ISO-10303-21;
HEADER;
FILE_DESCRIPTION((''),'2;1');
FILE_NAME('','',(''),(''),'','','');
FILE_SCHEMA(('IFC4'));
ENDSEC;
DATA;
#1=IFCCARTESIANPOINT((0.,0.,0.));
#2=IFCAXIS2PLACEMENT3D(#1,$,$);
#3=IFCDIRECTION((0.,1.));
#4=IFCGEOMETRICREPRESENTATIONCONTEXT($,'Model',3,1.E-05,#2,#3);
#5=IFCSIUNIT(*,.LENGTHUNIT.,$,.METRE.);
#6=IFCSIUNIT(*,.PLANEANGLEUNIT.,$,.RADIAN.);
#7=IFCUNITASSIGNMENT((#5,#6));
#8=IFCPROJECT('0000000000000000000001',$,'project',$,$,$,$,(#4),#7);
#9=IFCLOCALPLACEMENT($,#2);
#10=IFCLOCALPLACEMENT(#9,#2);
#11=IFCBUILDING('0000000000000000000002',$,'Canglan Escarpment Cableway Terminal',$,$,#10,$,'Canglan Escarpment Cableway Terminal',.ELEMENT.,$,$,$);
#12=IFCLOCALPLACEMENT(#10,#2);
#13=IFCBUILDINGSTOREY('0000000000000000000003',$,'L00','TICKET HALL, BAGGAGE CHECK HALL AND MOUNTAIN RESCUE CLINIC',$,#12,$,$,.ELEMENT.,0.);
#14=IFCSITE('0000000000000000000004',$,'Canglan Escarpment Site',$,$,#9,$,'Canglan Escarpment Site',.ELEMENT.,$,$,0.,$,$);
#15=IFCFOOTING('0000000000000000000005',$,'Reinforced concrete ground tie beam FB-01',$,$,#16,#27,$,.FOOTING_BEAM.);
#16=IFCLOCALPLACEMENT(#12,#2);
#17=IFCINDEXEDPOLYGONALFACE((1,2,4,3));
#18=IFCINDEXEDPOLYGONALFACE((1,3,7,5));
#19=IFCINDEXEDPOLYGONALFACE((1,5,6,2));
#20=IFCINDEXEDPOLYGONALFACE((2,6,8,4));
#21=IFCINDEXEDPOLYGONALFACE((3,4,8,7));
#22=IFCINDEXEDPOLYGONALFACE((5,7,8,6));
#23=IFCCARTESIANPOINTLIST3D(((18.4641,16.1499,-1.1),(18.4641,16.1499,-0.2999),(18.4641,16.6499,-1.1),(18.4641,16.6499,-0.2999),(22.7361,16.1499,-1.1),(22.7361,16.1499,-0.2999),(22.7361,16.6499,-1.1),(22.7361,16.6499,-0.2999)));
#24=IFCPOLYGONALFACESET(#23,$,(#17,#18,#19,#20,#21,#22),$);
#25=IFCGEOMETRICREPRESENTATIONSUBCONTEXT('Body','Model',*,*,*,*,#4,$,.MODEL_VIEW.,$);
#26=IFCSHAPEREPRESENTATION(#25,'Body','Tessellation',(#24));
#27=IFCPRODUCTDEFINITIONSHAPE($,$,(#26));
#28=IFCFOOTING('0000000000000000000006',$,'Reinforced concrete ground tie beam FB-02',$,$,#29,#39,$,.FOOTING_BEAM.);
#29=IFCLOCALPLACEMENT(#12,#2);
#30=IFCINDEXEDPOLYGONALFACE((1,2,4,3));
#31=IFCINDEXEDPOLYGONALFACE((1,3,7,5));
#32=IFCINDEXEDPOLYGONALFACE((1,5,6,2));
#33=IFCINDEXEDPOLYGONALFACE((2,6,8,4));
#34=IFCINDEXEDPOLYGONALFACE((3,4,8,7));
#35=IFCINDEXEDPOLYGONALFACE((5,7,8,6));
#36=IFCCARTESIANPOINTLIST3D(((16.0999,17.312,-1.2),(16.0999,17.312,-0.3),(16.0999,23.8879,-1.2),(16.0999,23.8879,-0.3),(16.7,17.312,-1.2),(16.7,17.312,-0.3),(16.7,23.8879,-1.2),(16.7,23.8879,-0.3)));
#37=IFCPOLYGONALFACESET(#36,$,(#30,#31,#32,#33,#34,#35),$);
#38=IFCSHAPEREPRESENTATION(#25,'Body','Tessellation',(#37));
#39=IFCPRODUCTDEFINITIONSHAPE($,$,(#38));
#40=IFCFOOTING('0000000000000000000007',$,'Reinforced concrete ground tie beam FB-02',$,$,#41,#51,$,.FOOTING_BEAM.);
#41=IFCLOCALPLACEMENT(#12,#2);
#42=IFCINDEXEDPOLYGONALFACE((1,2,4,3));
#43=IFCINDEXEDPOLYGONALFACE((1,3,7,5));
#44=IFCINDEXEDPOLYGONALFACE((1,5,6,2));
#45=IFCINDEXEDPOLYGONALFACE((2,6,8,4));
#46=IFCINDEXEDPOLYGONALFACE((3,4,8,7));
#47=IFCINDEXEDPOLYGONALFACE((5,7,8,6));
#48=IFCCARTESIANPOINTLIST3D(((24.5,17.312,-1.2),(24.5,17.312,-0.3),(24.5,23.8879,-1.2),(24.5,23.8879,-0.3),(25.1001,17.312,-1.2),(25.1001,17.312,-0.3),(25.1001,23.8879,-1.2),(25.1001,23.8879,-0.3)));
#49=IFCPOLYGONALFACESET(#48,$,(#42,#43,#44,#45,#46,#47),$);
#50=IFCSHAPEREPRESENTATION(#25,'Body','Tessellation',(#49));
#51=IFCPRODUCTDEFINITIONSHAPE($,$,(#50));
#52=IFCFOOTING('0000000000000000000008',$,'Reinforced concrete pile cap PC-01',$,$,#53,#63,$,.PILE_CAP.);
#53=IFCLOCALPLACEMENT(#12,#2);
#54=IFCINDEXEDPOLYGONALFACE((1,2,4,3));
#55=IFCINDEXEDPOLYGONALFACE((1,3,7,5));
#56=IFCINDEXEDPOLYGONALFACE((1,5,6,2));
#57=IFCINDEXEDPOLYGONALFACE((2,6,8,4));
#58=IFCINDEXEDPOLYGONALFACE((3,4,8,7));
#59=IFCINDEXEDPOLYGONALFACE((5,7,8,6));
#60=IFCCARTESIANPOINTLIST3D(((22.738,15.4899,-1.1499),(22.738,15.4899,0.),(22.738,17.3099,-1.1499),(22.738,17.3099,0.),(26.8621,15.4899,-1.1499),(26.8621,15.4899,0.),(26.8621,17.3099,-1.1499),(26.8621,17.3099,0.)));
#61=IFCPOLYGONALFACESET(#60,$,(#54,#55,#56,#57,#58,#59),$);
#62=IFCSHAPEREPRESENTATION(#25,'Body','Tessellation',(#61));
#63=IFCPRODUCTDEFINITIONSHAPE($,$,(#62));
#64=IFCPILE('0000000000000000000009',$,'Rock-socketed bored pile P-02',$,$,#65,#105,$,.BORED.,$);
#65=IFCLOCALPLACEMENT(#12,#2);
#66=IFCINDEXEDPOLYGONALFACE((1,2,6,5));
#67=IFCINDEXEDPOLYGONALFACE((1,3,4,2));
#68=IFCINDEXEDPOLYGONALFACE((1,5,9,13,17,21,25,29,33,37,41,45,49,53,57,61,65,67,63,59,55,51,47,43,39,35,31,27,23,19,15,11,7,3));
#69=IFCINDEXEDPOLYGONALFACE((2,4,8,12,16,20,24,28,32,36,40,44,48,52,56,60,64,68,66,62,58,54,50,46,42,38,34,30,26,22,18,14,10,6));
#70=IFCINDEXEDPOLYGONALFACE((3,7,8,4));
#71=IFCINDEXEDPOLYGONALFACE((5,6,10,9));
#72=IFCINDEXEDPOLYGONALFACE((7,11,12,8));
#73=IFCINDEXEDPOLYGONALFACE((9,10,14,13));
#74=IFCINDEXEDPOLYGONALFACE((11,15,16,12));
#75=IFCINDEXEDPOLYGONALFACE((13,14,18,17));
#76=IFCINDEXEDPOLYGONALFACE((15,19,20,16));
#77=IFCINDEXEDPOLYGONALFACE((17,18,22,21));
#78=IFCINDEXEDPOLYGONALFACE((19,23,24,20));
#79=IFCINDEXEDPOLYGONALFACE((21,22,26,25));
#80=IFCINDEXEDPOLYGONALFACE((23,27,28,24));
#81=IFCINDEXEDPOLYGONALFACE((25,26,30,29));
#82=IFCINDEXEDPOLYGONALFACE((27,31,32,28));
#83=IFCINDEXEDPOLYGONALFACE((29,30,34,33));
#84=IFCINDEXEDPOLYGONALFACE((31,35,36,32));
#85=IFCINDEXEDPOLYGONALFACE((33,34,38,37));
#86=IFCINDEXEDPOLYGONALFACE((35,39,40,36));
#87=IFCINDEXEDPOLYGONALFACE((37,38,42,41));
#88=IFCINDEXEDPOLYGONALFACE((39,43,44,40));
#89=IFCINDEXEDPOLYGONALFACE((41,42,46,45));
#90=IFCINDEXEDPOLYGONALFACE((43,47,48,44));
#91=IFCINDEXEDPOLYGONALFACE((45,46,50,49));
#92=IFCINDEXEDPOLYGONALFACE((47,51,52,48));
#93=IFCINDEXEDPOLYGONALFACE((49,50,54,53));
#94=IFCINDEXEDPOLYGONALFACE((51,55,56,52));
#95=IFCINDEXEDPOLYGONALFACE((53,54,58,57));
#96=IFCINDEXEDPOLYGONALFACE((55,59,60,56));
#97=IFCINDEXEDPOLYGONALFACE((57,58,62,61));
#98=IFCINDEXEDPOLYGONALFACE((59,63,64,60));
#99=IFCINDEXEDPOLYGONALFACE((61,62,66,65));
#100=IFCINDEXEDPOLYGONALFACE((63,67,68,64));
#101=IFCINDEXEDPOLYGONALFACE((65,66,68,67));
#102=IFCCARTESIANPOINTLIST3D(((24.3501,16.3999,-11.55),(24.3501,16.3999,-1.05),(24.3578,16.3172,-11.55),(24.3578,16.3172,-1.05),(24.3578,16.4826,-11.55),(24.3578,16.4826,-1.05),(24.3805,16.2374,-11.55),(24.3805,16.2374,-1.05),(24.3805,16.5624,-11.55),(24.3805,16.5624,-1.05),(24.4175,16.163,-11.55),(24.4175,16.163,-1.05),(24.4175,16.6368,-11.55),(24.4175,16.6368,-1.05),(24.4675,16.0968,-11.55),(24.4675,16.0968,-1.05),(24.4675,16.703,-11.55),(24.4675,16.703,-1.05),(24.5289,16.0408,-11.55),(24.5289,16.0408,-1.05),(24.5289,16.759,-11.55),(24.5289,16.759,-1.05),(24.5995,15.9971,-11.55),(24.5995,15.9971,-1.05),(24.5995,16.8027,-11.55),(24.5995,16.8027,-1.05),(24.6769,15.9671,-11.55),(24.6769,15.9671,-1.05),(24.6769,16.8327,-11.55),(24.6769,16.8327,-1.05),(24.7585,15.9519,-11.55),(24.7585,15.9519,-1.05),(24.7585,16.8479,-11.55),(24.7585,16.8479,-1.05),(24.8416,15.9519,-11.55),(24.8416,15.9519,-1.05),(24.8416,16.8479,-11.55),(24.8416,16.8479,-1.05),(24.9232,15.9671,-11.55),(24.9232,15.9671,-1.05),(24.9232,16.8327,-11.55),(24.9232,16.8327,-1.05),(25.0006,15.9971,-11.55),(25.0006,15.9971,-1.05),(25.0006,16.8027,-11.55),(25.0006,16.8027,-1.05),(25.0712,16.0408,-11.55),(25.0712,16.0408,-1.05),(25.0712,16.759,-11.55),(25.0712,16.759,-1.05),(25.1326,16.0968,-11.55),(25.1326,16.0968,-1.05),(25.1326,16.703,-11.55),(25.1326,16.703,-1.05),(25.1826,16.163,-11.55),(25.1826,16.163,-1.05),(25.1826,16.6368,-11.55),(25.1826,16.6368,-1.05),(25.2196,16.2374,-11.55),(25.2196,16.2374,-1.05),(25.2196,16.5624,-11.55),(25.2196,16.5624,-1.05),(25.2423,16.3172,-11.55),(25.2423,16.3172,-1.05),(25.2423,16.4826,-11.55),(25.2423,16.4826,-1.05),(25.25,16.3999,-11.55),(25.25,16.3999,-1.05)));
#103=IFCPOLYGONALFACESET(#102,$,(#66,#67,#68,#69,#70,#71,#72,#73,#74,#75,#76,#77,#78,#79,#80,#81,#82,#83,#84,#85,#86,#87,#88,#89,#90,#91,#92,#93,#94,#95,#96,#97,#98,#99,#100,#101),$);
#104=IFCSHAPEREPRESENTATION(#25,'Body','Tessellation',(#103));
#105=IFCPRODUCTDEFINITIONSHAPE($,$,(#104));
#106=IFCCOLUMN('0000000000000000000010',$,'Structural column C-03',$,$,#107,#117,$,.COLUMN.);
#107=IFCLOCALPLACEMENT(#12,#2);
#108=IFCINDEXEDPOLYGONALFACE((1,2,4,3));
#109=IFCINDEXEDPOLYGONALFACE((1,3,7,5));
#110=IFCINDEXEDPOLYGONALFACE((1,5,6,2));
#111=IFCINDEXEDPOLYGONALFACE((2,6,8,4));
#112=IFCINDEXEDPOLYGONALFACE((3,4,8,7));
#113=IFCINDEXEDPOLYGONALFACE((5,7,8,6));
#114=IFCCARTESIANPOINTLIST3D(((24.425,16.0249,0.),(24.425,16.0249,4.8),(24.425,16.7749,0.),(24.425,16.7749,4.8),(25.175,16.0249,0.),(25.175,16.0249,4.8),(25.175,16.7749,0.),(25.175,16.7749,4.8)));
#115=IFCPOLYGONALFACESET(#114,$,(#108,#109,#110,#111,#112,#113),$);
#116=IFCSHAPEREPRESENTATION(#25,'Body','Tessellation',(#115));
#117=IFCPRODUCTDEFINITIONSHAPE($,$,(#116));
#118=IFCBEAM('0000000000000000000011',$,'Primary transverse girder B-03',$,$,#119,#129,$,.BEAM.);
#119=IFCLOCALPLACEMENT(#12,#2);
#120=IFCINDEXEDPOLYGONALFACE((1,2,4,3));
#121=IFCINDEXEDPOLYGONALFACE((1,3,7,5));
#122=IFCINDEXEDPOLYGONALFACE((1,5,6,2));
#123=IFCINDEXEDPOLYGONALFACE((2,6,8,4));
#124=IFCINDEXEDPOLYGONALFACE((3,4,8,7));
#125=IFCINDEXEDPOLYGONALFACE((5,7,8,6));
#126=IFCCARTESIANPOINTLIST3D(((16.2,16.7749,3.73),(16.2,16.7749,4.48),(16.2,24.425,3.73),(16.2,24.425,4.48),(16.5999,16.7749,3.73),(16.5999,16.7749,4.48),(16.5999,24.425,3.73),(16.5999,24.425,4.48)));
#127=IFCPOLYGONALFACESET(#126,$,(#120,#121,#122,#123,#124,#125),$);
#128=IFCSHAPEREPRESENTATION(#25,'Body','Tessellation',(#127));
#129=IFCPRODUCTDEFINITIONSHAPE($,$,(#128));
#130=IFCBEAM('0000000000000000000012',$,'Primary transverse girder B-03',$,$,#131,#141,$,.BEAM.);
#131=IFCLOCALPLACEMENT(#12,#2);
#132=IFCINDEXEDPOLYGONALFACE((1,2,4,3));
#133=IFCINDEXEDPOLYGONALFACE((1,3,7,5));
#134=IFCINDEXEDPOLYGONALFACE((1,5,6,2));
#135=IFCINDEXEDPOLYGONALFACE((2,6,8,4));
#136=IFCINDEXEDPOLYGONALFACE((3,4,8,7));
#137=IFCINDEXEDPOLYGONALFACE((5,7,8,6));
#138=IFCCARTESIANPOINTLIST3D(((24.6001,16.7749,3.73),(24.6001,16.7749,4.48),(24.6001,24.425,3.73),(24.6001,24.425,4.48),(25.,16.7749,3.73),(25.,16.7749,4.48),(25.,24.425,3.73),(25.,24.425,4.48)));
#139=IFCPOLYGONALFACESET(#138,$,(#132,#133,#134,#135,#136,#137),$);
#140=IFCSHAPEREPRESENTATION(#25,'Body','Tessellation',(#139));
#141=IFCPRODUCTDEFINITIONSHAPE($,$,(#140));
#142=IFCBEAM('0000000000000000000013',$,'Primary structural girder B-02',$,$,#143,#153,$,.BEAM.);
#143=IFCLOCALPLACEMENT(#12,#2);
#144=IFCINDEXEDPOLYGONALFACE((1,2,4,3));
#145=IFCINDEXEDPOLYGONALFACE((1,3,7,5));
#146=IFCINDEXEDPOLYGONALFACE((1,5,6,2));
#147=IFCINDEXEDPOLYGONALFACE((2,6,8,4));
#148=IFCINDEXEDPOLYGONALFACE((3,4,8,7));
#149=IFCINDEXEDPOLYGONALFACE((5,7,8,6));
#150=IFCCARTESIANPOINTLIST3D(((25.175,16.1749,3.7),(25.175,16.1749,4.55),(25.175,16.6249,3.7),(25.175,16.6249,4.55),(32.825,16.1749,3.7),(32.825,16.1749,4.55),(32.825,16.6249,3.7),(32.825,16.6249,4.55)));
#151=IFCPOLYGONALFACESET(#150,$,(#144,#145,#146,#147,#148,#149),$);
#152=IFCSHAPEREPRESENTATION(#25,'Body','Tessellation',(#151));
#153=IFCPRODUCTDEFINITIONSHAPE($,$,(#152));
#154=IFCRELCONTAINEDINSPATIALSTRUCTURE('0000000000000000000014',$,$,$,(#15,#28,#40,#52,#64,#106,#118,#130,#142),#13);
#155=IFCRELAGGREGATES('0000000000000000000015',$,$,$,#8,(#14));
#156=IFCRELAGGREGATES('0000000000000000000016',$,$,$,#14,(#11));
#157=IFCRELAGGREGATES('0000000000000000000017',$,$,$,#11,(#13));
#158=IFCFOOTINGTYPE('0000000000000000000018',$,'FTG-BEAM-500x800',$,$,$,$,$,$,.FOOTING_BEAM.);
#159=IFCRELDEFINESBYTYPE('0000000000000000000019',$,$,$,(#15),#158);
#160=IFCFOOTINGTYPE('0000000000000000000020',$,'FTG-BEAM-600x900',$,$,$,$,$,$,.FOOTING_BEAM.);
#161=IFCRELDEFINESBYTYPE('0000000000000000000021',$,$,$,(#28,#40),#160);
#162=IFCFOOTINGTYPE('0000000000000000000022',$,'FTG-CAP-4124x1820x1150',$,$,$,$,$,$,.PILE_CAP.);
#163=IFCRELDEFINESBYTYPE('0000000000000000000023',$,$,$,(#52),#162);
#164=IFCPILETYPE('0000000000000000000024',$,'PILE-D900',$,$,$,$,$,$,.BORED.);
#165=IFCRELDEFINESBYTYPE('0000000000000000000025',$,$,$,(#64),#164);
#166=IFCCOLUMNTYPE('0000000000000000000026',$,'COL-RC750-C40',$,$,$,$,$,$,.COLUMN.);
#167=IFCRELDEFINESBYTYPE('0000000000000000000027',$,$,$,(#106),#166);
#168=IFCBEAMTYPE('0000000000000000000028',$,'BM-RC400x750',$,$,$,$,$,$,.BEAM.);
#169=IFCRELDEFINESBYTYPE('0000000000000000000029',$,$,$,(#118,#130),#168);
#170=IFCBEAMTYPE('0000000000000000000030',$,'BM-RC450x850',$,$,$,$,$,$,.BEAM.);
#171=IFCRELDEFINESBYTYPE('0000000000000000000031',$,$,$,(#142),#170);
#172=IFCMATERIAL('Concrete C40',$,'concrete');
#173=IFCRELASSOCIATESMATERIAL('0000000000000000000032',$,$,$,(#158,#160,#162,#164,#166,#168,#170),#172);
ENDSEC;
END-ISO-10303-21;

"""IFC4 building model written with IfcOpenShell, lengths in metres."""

from ifc_helpers import new_model, si_unit, direction, frame, origin, origin_2d, place, context, subcontext, project, spatial, rectangle, circle, extrude, material, material_profile, profile_set, type_object, element, save


model = new_model("IFC4")

# Units and contexts
model_context = context("Model", 3, precision=1e-05, world=origin(), true_north=direction((0.0, 1.0)))
body_context = subcontext(model_context, "Body", "Model", "MODEL_VIEW")
ifc_project = project(units=[si_unit("LENGTHUNIT", "METRE"), si_unit("PLANEANGLEUNIT", "RADIAN")], contexts=[model_context])

# Site, building, storey
site_placement = place(None, origin())
site = spatial("IfcSite", under=ifc_project, at=site_placement, Name="Canglan Escarpment Site", LongName="Canglan Escarpment Site", CompositionType="ELEMENT", RefElevation=0.0)
building_placement = place(site_placement, origin())
building = spatial("IfcBuilding", under=site, at=building_placement, Name="Canglan Escarpment Cableway Terminal", LongName="Canglan Escarpment Cableway Terminal", CompositionType="ELEMENT")
storey_placement = place(building_placement, origin())
storey = spatial("IfcBuildingStorey", under=building, at=storey_placement, Name="L00", Description="TICKET HALL, BAGGAGE CHECK HALL AND MOUNTAIN RESCUE CLINIC", CompositionType="ELEMENT", Elevation=0.0)

# Footings
ifc_material_1 = material(Name="Concrete C40", Category="concrete")
ifc_material_profile_1 = material_profile(ifc_material_1, rectangle(XDim=0.5, YDim=0.8, at=origin_2d()), Name="FB 500x800")
ifc_profile_set_1 = profile_set([ifc_material_profile_1], Name="Concrete C40")
footing_type_1 = type_object("IfcFootingType", Name="FTG-BEAM-500x800", PredefinedType="FOOTING_BEAM", material=ifc_profile_set_1)
footing_1_placement = place(storey_placement, frame((18.4641, 16.3999, -0.7), z_axis=(1.0, 0.0, 0.0), x_axis=(0.0, 1.0, 0.0)))
element("IfcFooting", 1, at=footing_1_placement, inside=storey, type_object=footing_type_1, Name="Reinforced concrete ground tie beam FB-01", PredefinedType="FOOTING_BEAM", context=body_context, shape_type="SweptSolid", body=[
    extrude(rectangle(XDim=0.5, YDim=0.8, at=origin_2d()), origin(), (0.0, 0.0, 1.0), 4.272),
])
ifc_material_profile_2 = material_profile(ifc_material_1, rectangle(XDim=0.6001, YDim=0.8999, at=origin_2d()), Name="FB 600x900")
ifc_profile_set_2 = profile_set([ifc_material_profile_2], Name="Concrete C40")
footing_type_2 = type_object("IfcFootingType", Name="FTG-BEAM-600x900", PredefinedType="FOOTING_BEAM", material=ifc_profile_set_2)
for number, where, z_axis, x_axis, name in (
    (2, (16.3999, 17.312, -0.75), (0.0, 1.0, 0.0), (-1.0, 0.0, 0.0), "Reinforced concrete ground tie beam FB-02"),
    (3, (24.8, 17.312, -0.75), (0.0, 1.0, 0.0), (-1.0, 0.0, 0.0), "Reinforced concrete ground tie beam FB-02"),
):
    element("IfcFooting", number, at=place(storey_placement, frame(where, z_axis=z_axis, x_axis=x_axis)), inside=storey, type_object=footing_type_2, Name=name, PredefinedType="FOOTING_BEAM", context=body_context, shape_type="SweptSolid", body=[
        extrude(rectangle(XDim=0.6001, YDim=0.8999, at=origin_2d()), origin(), (0.0, 0.0, 1.0), 6.5759),
    ])
footing_type_3 = type_object("IfcFootingType", Name="FTG-CAP-4124x1820x1150", PredefinedType="PILE_CAP", material=ifc_material_1)
footing_2_placement = place(storey_placement, frame((24.8, 16.3999, -1.1499), z_axis=(0.0, 0.0, 1.0), x_axis=(1.0, 0.0, 0.0)))
element("IfcFooting", 4, at=footing_2_placement, inside=storey, type_object=footing_type_3, Name="Reinforced concrete pile cap PC-01", PredefinedType="PILE_CAP", context=body_context, shape_type="SweptSolid", body=[
    extrude(rectangle(XDim=4.124, YDim=1.8201, at=origin_2d()), origin(), (0.0, 0.0, 1.0), 1.1499),
])

# Pile
ifc_material_profile_3 = material_profile(ifc_material_1, circle(Radius=0.45, at=origin_2d()), Name="BORED PILE D900")
ifc_profile_set_3 = profile_set([ifc_material_profile_3], Name="Concrete C40")
pile_type = type_object("IfcPileType", Name="PILE-D900", PredefinedType="BORED", material=ifc_profile_set_3)
pile_placement = place(storey_placement, frame((24.8, 16.3999, -1.05), z_axis=(0.0, 0.0, -1.0), x_axis=(1.0, 0.0, 0.0)))
element("IfcPile", 5, at=pile_placement, inside=storey, type_object=pile_type, Name="Rock-socketed bored pile P-02", PredefinedType="BORED", context=body_context, shape_type="SweptSolid", body=[
    extrude(circle(Radius=0.45, at=origin_2d()), origin(), (0.0, 0.0, 1.0), 10.5),
])

# Column
ifc_material_profile_4 = material_profile(ifc_material_1, rectangle(XDim=0.75, YDim=0.75, at=origin_2d()), Name="RC 750x750")
ifc_profile_set_4 = profile_set([ifc_material_profile_4], Name="Concrete C40")
column_type = type_object("IfcColumnType", Name="COL-RC750-C40", PredefinedType="COLUMN", material=ifc_profile_set_4)
column_placement = place(storey_placement, frame((24.8, 16.3999, 0.0), z_axis=(0.0, 0.0, 1.0), x_axis=(1.0, 0.0, 0.0)))
element("IfcColumn", 6, at=column_placement, inside=storey, type_object=column_type, Name="Structural column C-03", PredefinedType="COLUMN", context=body_context, shape_type="SweptSolid", body=[
    extrude(rectangle(XDim=0.75, YDim=0.75, at=origin_2d()), origin(), (0.0, 0.0, 1.0), 4.8),
])

# Beams
ifc_material_profile_5 = material_profile(ifc_material_1, rectangle(XDim=0.3999, YDim=0.75, at=origin_2d()), Name="RC 400x750")
ifc_profile_set_5 = profile_set([ifc_material_profile_5], Name="Concrete C40")
beam_type_1 = type_object("IfcBeamType", Name="BM-RC400x750", PredefinedType="BEAM", material=ifc_profile_set_5)
for number, where, z_axis, x_axis, name in (
    (7, (16.3999, 16.7749, 4.105), (0.0, 1.0, 0.0), (-1.0, 0.0, 0.0), "Primary transverse girder B-03"),
    (8, (24.8, 16.7749, 4.105), (0.0, 1.0, 0.0), (-1.0, 0.0, 0.0), "Primary transverse girder B-03"),
):
    element("IfcBeam", number, at=place(storey_placement, frame(where, z_axis=z_axis, x_axis=x_axis)), inside=storey, type_object=beam_type_1, Name=name, PredefinedType="BEAM", context=body_context, shape_type="SweptSolid", body=[
        extrude(rectangle(XDim=0.3999, YDim=0.75, at=origin_2d()), origin(), (0.0, 0.0, 1.0), 7.6501),
    ])
ifc_material_profile_6 = material_profile(ifc_material_1, rectangle(XDim=0.45, YDim=0.8501, at=origin_2d()), Name="RC 450x850")
ifc_profile_set_6 = profile_set([ifc_material_profile_6], Name="Concrete C40")
beam_type_2 = type_object("IfcBeamType", Name="BM-RC450x850", PredefinedType="BEAM", material=ifc_profile_set_6)
beam_placement = place(storey_placement, frame((25.175, 16.3999, 4.125), z_axis=(1.0, 0.0, 0.0), x_axis=(0.0, 1.0, 0.0)))
element("IfcBeam", 9, at=beam_placement, inside=storey, type_object=beam_type_2, Name="Primary structural girder B-02", PredefinedType="BEAM", context=body_context, shape_type="SweptSolid", body=[
    extrude(rectangle(XDim=0.45, YDim=0.8501, at=origin_2d()), origin(), (0.0, 0.0, 1.0), 7.6499),
])

save(model, "model.ifc")
